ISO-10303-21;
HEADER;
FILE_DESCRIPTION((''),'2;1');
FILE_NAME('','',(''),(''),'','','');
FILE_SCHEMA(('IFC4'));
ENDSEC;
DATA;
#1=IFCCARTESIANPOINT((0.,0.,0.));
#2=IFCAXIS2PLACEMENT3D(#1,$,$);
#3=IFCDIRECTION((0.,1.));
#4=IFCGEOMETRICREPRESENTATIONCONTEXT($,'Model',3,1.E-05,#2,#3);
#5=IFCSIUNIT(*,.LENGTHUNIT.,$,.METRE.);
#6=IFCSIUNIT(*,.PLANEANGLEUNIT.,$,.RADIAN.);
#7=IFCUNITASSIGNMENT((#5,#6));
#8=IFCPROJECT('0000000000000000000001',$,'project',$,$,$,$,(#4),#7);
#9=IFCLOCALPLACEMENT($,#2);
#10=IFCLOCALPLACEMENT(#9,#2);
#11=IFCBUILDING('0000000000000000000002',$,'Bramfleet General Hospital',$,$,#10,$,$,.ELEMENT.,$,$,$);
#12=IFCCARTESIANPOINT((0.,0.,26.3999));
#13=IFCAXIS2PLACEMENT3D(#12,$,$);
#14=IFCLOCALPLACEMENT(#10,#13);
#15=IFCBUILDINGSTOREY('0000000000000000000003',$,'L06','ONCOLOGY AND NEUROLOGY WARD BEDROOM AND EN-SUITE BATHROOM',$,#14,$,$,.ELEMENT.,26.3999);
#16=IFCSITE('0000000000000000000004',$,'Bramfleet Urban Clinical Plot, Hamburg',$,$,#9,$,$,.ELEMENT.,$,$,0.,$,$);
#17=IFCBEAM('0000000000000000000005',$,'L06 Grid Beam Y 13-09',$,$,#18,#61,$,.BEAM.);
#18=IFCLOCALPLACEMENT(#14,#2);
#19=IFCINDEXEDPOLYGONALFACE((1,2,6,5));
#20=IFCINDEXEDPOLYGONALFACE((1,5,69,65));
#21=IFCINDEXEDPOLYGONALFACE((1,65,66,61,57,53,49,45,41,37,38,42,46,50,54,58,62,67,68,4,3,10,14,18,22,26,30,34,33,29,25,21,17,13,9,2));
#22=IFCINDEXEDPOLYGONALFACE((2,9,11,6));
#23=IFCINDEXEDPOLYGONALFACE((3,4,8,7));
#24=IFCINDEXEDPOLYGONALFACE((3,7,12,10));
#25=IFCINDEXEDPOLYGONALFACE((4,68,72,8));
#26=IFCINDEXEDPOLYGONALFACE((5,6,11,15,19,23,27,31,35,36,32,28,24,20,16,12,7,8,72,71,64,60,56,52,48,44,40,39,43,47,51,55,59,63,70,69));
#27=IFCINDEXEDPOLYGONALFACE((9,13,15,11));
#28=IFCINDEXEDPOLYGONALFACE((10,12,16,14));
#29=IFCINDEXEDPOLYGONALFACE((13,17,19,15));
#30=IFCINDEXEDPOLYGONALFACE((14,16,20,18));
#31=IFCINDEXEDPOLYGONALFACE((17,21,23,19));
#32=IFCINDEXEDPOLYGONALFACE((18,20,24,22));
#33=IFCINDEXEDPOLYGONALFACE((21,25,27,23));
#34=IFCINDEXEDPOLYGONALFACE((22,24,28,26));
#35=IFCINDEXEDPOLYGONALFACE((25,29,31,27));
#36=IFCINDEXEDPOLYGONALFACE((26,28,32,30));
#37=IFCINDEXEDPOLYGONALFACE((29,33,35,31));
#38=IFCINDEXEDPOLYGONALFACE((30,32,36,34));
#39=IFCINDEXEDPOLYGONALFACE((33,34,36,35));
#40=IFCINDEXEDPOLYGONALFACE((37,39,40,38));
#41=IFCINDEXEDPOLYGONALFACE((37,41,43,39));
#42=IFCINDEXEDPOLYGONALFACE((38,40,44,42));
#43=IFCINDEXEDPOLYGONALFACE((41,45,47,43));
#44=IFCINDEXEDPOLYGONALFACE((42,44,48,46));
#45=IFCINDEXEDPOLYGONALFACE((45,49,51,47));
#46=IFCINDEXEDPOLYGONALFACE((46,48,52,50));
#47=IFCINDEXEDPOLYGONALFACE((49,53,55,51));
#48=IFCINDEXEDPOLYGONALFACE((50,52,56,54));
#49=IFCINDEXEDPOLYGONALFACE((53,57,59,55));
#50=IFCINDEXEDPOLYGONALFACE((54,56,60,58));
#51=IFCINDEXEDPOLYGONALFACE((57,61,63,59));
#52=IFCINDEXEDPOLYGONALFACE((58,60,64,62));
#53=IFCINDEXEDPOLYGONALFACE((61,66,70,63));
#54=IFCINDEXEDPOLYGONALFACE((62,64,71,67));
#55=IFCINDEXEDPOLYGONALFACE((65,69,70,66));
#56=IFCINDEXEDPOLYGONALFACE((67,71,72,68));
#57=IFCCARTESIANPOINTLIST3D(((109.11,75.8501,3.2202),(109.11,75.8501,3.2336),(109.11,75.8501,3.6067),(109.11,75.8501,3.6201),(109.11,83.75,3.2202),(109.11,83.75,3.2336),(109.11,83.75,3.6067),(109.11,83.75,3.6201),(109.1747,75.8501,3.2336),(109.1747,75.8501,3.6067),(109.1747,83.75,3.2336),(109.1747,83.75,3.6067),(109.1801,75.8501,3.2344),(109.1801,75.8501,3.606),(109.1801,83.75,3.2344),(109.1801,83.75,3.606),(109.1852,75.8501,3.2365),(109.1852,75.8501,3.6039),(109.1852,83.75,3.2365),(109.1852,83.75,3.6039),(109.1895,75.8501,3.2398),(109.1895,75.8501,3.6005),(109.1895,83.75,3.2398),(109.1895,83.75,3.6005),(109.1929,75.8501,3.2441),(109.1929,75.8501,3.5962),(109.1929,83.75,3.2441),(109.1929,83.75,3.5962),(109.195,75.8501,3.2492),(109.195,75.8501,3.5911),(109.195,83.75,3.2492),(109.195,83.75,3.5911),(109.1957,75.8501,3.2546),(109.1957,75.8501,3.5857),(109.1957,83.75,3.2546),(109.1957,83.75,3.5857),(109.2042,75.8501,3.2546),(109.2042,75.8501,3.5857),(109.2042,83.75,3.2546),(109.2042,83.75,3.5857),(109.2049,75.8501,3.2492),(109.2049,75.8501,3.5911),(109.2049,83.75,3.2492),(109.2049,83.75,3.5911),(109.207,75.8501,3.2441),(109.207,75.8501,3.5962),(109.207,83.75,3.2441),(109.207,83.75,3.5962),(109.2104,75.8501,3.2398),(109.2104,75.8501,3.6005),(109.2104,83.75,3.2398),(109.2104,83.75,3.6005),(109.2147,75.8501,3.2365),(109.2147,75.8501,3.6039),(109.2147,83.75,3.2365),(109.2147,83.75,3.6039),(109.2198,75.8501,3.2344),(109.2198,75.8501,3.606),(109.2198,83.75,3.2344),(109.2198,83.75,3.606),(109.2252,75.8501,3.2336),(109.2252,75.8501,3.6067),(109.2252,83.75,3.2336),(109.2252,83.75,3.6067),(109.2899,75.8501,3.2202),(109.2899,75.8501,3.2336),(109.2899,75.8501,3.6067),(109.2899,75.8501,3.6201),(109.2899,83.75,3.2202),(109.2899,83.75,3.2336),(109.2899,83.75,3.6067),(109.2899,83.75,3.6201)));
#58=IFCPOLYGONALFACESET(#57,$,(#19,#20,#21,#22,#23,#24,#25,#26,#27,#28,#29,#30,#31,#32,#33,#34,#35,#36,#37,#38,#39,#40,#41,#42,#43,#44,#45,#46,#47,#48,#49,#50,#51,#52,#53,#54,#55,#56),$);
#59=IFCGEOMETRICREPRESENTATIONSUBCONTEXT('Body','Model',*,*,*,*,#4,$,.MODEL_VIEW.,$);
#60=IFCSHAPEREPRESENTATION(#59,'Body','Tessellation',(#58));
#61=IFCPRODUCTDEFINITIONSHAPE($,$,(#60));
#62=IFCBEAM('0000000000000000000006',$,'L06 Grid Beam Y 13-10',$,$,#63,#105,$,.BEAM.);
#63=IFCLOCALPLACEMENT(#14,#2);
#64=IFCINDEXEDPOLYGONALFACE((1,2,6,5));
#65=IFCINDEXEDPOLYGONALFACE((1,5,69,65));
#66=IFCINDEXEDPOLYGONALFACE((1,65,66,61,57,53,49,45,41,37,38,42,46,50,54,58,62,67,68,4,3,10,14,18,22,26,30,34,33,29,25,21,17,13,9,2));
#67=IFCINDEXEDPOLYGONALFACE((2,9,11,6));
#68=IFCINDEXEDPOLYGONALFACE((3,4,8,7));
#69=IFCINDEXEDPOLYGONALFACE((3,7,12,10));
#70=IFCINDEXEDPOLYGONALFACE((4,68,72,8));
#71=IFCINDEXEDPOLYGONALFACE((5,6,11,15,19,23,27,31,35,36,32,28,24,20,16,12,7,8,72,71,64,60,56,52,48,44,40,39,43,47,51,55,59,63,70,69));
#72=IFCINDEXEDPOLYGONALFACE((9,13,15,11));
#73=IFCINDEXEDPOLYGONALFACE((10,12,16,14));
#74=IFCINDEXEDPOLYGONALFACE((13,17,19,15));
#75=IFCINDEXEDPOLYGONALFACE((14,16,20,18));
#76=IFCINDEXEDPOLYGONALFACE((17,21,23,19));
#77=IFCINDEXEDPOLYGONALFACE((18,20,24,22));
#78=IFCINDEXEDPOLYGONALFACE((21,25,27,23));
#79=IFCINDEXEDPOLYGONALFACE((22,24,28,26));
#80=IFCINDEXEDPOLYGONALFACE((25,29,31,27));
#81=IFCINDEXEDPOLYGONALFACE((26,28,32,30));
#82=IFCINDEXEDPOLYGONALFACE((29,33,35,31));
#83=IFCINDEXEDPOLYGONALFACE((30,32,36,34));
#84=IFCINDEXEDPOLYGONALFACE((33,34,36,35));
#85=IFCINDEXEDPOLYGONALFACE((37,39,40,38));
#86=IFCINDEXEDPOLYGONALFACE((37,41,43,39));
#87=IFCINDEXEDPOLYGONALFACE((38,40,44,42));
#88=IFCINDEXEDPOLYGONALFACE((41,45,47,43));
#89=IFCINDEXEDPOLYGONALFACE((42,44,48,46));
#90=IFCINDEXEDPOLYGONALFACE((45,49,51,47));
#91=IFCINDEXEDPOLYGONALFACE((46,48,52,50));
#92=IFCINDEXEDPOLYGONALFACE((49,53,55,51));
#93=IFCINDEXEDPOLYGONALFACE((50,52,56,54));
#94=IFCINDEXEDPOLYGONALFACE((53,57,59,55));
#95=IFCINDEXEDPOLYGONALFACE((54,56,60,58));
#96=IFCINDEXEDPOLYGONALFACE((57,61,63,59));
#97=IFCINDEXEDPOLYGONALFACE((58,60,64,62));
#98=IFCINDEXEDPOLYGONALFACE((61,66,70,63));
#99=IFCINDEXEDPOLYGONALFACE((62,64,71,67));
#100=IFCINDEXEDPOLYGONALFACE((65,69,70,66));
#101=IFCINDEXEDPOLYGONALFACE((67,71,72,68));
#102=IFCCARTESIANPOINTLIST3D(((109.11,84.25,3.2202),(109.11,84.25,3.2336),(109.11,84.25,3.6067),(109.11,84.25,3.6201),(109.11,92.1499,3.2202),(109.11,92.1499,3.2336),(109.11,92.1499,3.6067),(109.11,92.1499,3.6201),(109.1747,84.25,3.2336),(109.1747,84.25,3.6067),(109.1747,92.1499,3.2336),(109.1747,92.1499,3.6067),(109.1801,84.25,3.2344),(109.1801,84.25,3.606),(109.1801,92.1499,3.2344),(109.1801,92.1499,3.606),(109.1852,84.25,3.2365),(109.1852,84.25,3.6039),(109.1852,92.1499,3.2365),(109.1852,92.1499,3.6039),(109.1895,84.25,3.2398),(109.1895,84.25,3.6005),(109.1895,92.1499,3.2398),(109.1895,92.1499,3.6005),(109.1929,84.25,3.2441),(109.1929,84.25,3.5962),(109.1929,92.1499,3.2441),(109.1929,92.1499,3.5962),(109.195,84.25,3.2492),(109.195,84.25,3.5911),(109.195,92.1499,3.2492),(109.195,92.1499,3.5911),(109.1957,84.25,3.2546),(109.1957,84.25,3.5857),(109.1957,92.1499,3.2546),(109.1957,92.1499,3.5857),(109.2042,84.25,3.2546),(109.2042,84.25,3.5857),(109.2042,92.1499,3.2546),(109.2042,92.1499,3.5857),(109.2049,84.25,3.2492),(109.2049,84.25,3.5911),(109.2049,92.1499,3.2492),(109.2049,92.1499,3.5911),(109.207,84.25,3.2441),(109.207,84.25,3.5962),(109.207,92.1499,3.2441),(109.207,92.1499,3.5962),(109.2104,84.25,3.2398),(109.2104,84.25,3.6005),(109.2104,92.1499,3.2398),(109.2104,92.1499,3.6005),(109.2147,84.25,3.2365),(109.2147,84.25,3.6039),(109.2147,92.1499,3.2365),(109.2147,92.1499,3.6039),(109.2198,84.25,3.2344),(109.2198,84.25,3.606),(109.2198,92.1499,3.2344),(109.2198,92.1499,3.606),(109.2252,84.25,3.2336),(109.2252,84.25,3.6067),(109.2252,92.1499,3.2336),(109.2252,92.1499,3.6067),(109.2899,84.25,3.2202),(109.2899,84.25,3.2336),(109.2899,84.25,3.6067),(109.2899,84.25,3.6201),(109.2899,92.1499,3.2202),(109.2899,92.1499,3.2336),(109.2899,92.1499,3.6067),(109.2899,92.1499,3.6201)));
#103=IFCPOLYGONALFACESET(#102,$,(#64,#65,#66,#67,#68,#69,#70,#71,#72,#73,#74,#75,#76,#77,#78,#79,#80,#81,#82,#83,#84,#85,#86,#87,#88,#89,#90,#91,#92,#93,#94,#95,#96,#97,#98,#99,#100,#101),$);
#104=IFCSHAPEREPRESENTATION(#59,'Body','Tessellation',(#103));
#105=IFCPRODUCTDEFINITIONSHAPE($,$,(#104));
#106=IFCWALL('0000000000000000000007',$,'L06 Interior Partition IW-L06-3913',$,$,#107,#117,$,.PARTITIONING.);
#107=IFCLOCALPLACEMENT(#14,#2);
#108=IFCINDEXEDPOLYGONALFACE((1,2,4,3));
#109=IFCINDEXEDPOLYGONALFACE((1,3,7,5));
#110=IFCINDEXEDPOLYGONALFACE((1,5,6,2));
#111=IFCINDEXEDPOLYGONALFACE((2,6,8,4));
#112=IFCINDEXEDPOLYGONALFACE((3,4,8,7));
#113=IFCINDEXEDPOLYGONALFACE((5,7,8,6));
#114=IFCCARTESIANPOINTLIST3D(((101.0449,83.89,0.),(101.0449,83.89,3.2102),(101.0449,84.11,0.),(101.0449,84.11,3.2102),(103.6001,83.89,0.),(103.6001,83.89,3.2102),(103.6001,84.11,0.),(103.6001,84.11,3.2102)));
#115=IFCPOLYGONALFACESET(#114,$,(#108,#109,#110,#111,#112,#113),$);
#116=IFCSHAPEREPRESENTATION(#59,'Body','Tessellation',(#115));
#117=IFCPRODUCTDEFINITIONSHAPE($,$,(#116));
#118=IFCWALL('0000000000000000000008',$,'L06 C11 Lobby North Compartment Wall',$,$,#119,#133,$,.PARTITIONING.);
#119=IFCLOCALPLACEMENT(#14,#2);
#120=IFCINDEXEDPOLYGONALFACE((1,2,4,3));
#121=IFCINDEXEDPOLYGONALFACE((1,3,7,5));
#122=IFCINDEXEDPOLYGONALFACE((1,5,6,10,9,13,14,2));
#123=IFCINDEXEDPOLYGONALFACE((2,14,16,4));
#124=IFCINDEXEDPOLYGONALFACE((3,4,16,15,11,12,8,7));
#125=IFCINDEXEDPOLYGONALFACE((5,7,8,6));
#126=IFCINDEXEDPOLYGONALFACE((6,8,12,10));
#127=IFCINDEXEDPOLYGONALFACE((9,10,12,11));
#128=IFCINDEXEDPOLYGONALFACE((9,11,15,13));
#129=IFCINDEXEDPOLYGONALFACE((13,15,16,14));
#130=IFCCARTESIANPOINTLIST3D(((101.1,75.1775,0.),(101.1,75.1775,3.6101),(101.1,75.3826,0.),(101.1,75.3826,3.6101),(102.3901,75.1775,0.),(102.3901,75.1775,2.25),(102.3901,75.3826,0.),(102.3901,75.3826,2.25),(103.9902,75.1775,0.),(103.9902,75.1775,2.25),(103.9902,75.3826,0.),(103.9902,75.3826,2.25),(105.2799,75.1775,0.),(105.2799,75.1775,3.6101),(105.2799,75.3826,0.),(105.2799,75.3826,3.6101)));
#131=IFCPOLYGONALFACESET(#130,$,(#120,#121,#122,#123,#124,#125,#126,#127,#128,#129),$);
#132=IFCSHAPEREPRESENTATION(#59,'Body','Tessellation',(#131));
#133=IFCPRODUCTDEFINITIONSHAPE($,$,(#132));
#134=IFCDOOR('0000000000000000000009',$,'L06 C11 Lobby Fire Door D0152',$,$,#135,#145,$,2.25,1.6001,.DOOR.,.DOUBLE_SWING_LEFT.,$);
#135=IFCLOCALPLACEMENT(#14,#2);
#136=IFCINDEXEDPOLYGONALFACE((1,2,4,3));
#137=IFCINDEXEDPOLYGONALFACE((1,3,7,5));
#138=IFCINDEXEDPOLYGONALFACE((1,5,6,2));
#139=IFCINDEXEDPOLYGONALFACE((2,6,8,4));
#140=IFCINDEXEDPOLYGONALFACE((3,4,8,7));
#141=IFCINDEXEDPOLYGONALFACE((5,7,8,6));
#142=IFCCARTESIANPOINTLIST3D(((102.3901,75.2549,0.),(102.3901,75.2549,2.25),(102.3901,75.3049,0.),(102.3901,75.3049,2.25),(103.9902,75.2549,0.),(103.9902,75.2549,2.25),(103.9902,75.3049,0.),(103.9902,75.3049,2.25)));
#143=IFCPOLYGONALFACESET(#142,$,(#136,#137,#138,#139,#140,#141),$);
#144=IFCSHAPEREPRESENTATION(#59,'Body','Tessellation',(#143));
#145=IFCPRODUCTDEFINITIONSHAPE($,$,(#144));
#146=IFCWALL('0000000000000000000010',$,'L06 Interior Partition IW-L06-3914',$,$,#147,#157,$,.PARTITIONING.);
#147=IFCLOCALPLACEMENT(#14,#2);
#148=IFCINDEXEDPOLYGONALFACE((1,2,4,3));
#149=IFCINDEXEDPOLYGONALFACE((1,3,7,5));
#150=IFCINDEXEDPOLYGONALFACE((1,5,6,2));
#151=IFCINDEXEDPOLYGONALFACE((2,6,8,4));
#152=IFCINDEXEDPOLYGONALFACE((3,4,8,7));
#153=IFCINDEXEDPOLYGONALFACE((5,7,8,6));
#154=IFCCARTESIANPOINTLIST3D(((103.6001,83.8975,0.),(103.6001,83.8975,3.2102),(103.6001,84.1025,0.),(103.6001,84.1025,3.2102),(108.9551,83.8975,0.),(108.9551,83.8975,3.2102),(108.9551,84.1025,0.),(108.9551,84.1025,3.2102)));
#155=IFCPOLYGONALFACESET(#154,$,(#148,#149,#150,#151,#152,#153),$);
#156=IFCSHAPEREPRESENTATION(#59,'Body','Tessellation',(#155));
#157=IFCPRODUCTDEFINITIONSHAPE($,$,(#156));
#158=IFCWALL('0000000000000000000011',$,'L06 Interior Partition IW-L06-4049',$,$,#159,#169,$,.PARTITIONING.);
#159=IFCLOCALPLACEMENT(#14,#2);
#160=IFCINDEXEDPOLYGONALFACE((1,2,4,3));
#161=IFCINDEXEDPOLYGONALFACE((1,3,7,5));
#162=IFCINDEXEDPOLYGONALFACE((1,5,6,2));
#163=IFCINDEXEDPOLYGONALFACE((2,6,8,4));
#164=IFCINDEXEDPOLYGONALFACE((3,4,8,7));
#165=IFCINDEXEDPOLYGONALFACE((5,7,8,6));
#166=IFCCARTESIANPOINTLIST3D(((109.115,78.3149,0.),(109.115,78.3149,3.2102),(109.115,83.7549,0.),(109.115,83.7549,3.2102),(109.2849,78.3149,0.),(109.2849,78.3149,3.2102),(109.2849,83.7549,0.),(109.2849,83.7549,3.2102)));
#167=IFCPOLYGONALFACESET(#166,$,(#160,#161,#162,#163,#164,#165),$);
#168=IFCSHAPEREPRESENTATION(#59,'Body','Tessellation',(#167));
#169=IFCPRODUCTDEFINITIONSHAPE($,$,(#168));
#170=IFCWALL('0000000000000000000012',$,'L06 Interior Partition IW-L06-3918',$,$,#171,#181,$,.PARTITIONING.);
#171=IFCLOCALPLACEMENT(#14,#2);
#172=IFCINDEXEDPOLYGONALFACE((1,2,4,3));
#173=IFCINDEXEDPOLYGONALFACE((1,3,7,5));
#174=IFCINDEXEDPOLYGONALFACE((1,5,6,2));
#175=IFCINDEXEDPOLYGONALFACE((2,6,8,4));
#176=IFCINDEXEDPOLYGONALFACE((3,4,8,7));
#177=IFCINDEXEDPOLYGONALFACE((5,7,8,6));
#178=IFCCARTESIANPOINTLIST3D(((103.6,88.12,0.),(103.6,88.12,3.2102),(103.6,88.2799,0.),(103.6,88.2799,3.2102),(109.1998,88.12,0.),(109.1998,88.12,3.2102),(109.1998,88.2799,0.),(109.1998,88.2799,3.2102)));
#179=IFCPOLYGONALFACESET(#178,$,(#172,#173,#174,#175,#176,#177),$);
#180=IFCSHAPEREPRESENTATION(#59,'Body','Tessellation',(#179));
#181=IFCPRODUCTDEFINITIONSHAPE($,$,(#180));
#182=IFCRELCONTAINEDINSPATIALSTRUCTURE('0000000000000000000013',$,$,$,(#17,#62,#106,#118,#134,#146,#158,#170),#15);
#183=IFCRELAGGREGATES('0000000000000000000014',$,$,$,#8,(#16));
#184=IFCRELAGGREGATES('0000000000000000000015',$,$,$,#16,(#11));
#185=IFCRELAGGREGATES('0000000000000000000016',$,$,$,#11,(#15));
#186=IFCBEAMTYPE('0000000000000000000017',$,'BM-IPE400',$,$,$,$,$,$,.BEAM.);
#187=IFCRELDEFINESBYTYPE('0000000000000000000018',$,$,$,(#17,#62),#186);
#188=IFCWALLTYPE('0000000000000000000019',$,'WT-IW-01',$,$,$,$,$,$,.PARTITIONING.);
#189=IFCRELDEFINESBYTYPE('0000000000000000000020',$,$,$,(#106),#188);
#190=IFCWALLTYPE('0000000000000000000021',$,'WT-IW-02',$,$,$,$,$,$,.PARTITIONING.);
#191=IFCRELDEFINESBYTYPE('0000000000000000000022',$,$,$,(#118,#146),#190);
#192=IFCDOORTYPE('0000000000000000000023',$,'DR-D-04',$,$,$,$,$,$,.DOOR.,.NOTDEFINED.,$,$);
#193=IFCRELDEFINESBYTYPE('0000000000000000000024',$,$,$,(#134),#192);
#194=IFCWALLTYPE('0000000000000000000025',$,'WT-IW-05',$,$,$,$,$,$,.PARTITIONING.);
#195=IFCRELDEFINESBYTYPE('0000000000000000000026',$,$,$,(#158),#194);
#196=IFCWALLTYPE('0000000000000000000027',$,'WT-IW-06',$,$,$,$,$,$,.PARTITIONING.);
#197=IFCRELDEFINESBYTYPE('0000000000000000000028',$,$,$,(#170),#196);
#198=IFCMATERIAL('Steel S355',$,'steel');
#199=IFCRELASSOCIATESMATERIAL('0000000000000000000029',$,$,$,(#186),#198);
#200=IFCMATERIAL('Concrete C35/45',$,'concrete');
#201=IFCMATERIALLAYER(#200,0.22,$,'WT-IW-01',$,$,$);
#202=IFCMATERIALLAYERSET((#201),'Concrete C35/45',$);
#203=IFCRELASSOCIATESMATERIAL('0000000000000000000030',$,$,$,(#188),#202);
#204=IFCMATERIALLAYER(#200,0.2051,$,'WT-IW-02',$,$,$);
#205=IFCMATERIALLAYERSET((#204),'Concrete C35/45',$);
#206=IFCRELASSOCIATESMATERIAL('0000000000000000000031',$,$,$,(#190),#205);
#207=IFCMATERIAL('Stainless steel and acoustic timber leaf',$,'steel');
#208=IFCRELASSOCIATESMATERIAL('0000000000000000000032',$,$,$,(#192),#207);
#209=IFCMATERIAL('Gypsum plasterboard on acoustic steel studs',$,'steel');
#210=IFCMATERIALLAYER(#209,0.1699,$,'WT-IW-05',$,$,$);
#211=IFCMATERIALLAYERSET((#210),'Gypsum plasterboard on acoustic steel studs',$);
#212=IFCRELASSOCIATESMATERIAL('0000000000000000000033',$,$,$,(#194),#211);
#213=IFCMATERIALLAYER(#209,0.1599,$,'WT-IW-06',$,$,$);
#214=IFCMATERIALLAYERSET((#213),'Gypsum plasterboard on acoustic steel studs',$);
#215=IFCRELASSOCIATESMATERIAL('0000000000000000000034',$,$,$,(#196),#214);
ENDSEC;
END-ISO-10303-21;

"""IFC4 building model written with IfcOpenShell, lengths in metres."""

from ifc_helpers import new_model, si_unit, direction, frame, frame_2d, origin, origin_2d, place, context, subcontext, project, spatial, rectangle, i_section, extrude, material, layer, layer_set, material_profile, profile_set, type_object, element, fill, save


model = new_model("IFC4")

# Units and contexts
model_context = context("Model", 3, precision=1e-05, world=origin(), true_north=direction((0.0, 1.0)))
body_context = subcontext(model_context, "Body", "Model", "MODEL_VIEW")
ifc_project = project(units=[si_unit("LENGTHUNIT", "METRE"), si_unit("PLANEANGLEUNIT", "RADIAN")], contexts=[model_context])

# Site, building, storey
site_placement = place(None, origin())
site = spatial("IfcSite", under=ifc_project, at=site_placement, Name="Bramfleet Urban Clinical Plot, Hamburg", CompositionType="ELEMENT", RefElevation=0.0)
building_placement = place(site_placement, origin())
building = spatial("IfcBuilding", under=site, at=building_placement, Name="Bramfleet General Hospital", CompositionType="ELEMENT")
storey_placement = place(building_placement, frame((0.0, 0.0, 26.3999)))
storey = spatial("IfcBuildingStorey", under=building, at=storey_placement, Name="L06", Description="ONCOLOGY AND NEUROLOGY WARD BEDROOM AND EN-SUITE BATHROOM", CompositionType="ELEMENT", Elevation=26.3999)

# Beams
ifc_material_1 = material(Name="Steel S355", Category="steel")
ifc_material_profile_1 = material_profile(ifc_material_1, i_section(OverallWidth=0.1799, OverallDepth=0.3999, WebThickness=0.0085, FlangeThickness=0.0134, FilletRadius=0.021, at=origin_2d()), Name="IPE 400")
ifc_profile_set_1 = profile_set([ifc_material_profile_1], Name="Steel S355")
beam_type_1 = type_object("IfcBeamType", Name="BM-IPE400", PredefinedType="BEAM", material=ifc_profile_set_1)
for number, where, z_axis, x_axis, name in (
    (1, (109.2, 75.8501, 3.4202), (0.0, 1.0, 0.0), (-1.0, 0.0, 0.0), "L06 Grid Beam Y 13-09"),
    (2, (109.2, 84.25, 3.4202), (0.0, 1.0, 0.0), (-1.0, 0.0, 0.0), "L06 Grid Beam Y 13-10"),
):
    element("IfcBeam", number, at=place(storey_placement, frame(where, z_axis=z_axis, x_axis=x_axis)), inside=storey, type_object=beam_type_1, Name=name, PredefinedType="BEAM", context=body_context, shape_type="SweptSolid", body=[
        extrude(i_section(OverallWidth=0.1799, OverallDepth=0.3999, WebThickness=0.0085, FlangeThickness=0.0134, FilletRadius=0.021, at=origin_2d()), origin(), (0.0, 0.0, 1.0), 7.8999),
    ])

# Wall
ifc_material_2 = material(Name="Concrete C35/45", Category="concrete")
ifc_layer_1 = layer(ifc_material_2, 0.22, Name="WT-IW-01")
ifc_layer_set_1 = layer_set([ifc_layer_1], Name="Concrete C35/45")
wall_type_1 = type_object("IfcWallType", Name="WT-IW-01", PredefinedType="PARTITIONING", material=ifc_layer_set_1)
wall_1_placement = place(storey_placement, frame((101.0449, 84.0, 0.0), z_axis=(0.0, 0.0, 1.0), x_axis=(1.0, 0.0, 0.0)))
element("IfcWall", 3, at=wall_1_placement, inside=storey, type_object=wall_type_1, Name="L06 Interior Partition IW-L06-3913", PredefinedType="PARTITIONING", context=body_context, shape_type="SweptSolid", body=[
    extrude(rectangle(XDim=2.5552, YDim=0.22, at=frame_2d((1.2776, 0.0))), origin(), (0.0, 0.0, 1.0), 3.2102),
])

# Wall, opening, door
ifc_layer_2 = layer(ifc_material_2, 0.2051, Name="WT-IW-02")
ifc_layer_set_2 = layer_set([ifc_layer_2], Name="Concrete C35/45")
wall_type_2 = type_object("IfcWallType", Name="WT-IW-02", PredefinedType="PARTITIONING", material=ifc_layer_set_2)
wall_2_placement = place(storey_placement, frame((101.1001, 75.28, 0.0), z_axis=(0.0, 0.0, 1.0), x_axis=(1.0, 0.0, 0.0)))
wall_2 = element("IfcWall", 4, at=wall_2_placement, inside=storey, type_object=wall_type_2, Name="L06 C11 Lobby North Compartment Wall", PredefinedType="PARTITIONING", context=body_context, shape_type="SweptSolid", body=[
    extrude(rectangle(XDim=4.1799, YDim=0.2051, at=frame_2d((2.0898, 0.0))), origin(), (0.0, 0.0, 1.0), 3.6101),
])
opening_1_placement = place(wall_2_placement, frame((1.29, 0.0, 0.0)))
opening_1 = element("IfcOpeningElement", 5, at=opening_1_placement, cuts=wall_2, PredefinedType="OPENING", context=body_context, shape_type="SweptSolid", body=[
    extrude(rectangle(XDim=1.6001, YDim=2.25, at=frame_2d((0.8, 1.125))), frame((0.0, 0.1125, 0.0), z_axis=(0.0, -1.0, 0.0), x_axis=(1.0, 0.0, 0.0)), (0.0, 0.0, 1.0), 0.2251),
])
ifc_material_3 = material(Name="Stainless steel and acoustic timber leaf", Category="steel")
door_type_1 = type_object("IfcDoorType", Name="DR-D-04", OperationType="NOTDEFINED", PredefinedType="DOOR", material=ifc_material_3)
door_1_placement = place(opening_1_placement, origin())
door_1 = element("IfcDoor", 6, at=door_1_placement, inside=storey, type_object=door_type_1, Name="L06 C11 Lobby Fire Door D0152", OperationType="DOUBLE_SWING_LEFT", OverallHeight=2.25, OverallWidth=1.6001, PredefinedType="DOOR", context=body_context, shape_type="SweptSolid", body=[
    extrude(rectangle(XDim=1.6001, YDim=2.25, at=frame_2d((0.8, 1.125))), frame((0.0, 0.0249, 0.0), z_axis=(0.0, -1.0, 0.0), x_axis=(1.0, 0.0, 0.0)), (0.0, 0.0, 1.0), 0.05),
])
fill(opening_1, door_1)

# Walls
wall_3_placement = place(storey_placement, frame((103.6001, 84.0, 0.0), z_axis=(0.0, 0.0, 1.0), x_axis=(1.0, 0.0, 0.0)))
element("IfcWall", 7, at=wall_3_placement, inside=storey, type_object=wall_type_2, Name="L06 Interior Partition IW-L06-3914", PredefinedType="PARTITIONING", context=body_context, shape_type="SweptSolid", body=[
    extrude(rectangle(XDim=5.355, YDim=0.2051, at=frame_2d((2.6775, 0.0))), origin(), (0.0, 0.0, 1.0), 3.2102),
])
ifc_material_4 = material(Name="Gypsum plasterboard on acoustic steel studs", Category="steel")
ifc_layer_3 = layer(ifc_material_4, 0.1699, Name="WT-IW-05")
ifc_layer_set_3 = layer_set([ifc_layer_3], Name="Gypsum plasterboard on acoustic steel studs")
wall_type_3 = type_object("IfcWallType", Name="WT-IW-05", PredefinedType="PARTITIONING", material=ifc_layer_set_3)
wall_4_placement = place(storey_placement, frame((109.2, 78.3149, 0.0), z_axis=(0.0, 0.0, 1.0), x_axis=(0.0, 1.0, 0.0)))
element("IfcWall", 8, at=wall_4_placement, inside=storey, type_object=wall_type_3, Name="L06 Interior Partition IW-L06-4049", PredefinedType="PARTITIONING", context=body_context, shape_type="SweptSolid", body=[
    extrude(rectangle(XDim=5.4399, YDim=0.1699, at=frame_2d((2.72, 0.0))), origin(), (0.0, 0.0, 1.0), 3.2102),
])
ifc_layer_4 = layer(ifc_material_4, 0.1599, Name="WT-IW-06")
ifc_layer_set_4 = layer_set([ifc_layer_4], Name="Gypsum plasterboard on acoustic steel studs")
wall_type_4 = type_object("IfcWallType", Name="WT-IW-06", PredefinedType="PARTITIONING", material=ifc_layer_set_4)
wall_5_placement = place(storey_placement, frame((103.6001, 88.2, 0.0), z_axis=(0.0, 0.0, 1.0), x_axis=(1.0, 0.0, 0.0)))
element("IfcWall", 9, at=wall_5_placement, inside=storey, type_object=wall_type_4, Name="L06 Interior Partition IW-L06-3918", PredefinedType="PARTITIONING", context=body_context, shape_type="SweptSolid", body=[
    extrude(rectangle(XDim=5.5999, YDim=0.1599, at=frame_2d((2.7998, 0.0))), origin(), (0.0, 0.0, 1.0), 3.2102),
])

save(model, "model.ifc")
